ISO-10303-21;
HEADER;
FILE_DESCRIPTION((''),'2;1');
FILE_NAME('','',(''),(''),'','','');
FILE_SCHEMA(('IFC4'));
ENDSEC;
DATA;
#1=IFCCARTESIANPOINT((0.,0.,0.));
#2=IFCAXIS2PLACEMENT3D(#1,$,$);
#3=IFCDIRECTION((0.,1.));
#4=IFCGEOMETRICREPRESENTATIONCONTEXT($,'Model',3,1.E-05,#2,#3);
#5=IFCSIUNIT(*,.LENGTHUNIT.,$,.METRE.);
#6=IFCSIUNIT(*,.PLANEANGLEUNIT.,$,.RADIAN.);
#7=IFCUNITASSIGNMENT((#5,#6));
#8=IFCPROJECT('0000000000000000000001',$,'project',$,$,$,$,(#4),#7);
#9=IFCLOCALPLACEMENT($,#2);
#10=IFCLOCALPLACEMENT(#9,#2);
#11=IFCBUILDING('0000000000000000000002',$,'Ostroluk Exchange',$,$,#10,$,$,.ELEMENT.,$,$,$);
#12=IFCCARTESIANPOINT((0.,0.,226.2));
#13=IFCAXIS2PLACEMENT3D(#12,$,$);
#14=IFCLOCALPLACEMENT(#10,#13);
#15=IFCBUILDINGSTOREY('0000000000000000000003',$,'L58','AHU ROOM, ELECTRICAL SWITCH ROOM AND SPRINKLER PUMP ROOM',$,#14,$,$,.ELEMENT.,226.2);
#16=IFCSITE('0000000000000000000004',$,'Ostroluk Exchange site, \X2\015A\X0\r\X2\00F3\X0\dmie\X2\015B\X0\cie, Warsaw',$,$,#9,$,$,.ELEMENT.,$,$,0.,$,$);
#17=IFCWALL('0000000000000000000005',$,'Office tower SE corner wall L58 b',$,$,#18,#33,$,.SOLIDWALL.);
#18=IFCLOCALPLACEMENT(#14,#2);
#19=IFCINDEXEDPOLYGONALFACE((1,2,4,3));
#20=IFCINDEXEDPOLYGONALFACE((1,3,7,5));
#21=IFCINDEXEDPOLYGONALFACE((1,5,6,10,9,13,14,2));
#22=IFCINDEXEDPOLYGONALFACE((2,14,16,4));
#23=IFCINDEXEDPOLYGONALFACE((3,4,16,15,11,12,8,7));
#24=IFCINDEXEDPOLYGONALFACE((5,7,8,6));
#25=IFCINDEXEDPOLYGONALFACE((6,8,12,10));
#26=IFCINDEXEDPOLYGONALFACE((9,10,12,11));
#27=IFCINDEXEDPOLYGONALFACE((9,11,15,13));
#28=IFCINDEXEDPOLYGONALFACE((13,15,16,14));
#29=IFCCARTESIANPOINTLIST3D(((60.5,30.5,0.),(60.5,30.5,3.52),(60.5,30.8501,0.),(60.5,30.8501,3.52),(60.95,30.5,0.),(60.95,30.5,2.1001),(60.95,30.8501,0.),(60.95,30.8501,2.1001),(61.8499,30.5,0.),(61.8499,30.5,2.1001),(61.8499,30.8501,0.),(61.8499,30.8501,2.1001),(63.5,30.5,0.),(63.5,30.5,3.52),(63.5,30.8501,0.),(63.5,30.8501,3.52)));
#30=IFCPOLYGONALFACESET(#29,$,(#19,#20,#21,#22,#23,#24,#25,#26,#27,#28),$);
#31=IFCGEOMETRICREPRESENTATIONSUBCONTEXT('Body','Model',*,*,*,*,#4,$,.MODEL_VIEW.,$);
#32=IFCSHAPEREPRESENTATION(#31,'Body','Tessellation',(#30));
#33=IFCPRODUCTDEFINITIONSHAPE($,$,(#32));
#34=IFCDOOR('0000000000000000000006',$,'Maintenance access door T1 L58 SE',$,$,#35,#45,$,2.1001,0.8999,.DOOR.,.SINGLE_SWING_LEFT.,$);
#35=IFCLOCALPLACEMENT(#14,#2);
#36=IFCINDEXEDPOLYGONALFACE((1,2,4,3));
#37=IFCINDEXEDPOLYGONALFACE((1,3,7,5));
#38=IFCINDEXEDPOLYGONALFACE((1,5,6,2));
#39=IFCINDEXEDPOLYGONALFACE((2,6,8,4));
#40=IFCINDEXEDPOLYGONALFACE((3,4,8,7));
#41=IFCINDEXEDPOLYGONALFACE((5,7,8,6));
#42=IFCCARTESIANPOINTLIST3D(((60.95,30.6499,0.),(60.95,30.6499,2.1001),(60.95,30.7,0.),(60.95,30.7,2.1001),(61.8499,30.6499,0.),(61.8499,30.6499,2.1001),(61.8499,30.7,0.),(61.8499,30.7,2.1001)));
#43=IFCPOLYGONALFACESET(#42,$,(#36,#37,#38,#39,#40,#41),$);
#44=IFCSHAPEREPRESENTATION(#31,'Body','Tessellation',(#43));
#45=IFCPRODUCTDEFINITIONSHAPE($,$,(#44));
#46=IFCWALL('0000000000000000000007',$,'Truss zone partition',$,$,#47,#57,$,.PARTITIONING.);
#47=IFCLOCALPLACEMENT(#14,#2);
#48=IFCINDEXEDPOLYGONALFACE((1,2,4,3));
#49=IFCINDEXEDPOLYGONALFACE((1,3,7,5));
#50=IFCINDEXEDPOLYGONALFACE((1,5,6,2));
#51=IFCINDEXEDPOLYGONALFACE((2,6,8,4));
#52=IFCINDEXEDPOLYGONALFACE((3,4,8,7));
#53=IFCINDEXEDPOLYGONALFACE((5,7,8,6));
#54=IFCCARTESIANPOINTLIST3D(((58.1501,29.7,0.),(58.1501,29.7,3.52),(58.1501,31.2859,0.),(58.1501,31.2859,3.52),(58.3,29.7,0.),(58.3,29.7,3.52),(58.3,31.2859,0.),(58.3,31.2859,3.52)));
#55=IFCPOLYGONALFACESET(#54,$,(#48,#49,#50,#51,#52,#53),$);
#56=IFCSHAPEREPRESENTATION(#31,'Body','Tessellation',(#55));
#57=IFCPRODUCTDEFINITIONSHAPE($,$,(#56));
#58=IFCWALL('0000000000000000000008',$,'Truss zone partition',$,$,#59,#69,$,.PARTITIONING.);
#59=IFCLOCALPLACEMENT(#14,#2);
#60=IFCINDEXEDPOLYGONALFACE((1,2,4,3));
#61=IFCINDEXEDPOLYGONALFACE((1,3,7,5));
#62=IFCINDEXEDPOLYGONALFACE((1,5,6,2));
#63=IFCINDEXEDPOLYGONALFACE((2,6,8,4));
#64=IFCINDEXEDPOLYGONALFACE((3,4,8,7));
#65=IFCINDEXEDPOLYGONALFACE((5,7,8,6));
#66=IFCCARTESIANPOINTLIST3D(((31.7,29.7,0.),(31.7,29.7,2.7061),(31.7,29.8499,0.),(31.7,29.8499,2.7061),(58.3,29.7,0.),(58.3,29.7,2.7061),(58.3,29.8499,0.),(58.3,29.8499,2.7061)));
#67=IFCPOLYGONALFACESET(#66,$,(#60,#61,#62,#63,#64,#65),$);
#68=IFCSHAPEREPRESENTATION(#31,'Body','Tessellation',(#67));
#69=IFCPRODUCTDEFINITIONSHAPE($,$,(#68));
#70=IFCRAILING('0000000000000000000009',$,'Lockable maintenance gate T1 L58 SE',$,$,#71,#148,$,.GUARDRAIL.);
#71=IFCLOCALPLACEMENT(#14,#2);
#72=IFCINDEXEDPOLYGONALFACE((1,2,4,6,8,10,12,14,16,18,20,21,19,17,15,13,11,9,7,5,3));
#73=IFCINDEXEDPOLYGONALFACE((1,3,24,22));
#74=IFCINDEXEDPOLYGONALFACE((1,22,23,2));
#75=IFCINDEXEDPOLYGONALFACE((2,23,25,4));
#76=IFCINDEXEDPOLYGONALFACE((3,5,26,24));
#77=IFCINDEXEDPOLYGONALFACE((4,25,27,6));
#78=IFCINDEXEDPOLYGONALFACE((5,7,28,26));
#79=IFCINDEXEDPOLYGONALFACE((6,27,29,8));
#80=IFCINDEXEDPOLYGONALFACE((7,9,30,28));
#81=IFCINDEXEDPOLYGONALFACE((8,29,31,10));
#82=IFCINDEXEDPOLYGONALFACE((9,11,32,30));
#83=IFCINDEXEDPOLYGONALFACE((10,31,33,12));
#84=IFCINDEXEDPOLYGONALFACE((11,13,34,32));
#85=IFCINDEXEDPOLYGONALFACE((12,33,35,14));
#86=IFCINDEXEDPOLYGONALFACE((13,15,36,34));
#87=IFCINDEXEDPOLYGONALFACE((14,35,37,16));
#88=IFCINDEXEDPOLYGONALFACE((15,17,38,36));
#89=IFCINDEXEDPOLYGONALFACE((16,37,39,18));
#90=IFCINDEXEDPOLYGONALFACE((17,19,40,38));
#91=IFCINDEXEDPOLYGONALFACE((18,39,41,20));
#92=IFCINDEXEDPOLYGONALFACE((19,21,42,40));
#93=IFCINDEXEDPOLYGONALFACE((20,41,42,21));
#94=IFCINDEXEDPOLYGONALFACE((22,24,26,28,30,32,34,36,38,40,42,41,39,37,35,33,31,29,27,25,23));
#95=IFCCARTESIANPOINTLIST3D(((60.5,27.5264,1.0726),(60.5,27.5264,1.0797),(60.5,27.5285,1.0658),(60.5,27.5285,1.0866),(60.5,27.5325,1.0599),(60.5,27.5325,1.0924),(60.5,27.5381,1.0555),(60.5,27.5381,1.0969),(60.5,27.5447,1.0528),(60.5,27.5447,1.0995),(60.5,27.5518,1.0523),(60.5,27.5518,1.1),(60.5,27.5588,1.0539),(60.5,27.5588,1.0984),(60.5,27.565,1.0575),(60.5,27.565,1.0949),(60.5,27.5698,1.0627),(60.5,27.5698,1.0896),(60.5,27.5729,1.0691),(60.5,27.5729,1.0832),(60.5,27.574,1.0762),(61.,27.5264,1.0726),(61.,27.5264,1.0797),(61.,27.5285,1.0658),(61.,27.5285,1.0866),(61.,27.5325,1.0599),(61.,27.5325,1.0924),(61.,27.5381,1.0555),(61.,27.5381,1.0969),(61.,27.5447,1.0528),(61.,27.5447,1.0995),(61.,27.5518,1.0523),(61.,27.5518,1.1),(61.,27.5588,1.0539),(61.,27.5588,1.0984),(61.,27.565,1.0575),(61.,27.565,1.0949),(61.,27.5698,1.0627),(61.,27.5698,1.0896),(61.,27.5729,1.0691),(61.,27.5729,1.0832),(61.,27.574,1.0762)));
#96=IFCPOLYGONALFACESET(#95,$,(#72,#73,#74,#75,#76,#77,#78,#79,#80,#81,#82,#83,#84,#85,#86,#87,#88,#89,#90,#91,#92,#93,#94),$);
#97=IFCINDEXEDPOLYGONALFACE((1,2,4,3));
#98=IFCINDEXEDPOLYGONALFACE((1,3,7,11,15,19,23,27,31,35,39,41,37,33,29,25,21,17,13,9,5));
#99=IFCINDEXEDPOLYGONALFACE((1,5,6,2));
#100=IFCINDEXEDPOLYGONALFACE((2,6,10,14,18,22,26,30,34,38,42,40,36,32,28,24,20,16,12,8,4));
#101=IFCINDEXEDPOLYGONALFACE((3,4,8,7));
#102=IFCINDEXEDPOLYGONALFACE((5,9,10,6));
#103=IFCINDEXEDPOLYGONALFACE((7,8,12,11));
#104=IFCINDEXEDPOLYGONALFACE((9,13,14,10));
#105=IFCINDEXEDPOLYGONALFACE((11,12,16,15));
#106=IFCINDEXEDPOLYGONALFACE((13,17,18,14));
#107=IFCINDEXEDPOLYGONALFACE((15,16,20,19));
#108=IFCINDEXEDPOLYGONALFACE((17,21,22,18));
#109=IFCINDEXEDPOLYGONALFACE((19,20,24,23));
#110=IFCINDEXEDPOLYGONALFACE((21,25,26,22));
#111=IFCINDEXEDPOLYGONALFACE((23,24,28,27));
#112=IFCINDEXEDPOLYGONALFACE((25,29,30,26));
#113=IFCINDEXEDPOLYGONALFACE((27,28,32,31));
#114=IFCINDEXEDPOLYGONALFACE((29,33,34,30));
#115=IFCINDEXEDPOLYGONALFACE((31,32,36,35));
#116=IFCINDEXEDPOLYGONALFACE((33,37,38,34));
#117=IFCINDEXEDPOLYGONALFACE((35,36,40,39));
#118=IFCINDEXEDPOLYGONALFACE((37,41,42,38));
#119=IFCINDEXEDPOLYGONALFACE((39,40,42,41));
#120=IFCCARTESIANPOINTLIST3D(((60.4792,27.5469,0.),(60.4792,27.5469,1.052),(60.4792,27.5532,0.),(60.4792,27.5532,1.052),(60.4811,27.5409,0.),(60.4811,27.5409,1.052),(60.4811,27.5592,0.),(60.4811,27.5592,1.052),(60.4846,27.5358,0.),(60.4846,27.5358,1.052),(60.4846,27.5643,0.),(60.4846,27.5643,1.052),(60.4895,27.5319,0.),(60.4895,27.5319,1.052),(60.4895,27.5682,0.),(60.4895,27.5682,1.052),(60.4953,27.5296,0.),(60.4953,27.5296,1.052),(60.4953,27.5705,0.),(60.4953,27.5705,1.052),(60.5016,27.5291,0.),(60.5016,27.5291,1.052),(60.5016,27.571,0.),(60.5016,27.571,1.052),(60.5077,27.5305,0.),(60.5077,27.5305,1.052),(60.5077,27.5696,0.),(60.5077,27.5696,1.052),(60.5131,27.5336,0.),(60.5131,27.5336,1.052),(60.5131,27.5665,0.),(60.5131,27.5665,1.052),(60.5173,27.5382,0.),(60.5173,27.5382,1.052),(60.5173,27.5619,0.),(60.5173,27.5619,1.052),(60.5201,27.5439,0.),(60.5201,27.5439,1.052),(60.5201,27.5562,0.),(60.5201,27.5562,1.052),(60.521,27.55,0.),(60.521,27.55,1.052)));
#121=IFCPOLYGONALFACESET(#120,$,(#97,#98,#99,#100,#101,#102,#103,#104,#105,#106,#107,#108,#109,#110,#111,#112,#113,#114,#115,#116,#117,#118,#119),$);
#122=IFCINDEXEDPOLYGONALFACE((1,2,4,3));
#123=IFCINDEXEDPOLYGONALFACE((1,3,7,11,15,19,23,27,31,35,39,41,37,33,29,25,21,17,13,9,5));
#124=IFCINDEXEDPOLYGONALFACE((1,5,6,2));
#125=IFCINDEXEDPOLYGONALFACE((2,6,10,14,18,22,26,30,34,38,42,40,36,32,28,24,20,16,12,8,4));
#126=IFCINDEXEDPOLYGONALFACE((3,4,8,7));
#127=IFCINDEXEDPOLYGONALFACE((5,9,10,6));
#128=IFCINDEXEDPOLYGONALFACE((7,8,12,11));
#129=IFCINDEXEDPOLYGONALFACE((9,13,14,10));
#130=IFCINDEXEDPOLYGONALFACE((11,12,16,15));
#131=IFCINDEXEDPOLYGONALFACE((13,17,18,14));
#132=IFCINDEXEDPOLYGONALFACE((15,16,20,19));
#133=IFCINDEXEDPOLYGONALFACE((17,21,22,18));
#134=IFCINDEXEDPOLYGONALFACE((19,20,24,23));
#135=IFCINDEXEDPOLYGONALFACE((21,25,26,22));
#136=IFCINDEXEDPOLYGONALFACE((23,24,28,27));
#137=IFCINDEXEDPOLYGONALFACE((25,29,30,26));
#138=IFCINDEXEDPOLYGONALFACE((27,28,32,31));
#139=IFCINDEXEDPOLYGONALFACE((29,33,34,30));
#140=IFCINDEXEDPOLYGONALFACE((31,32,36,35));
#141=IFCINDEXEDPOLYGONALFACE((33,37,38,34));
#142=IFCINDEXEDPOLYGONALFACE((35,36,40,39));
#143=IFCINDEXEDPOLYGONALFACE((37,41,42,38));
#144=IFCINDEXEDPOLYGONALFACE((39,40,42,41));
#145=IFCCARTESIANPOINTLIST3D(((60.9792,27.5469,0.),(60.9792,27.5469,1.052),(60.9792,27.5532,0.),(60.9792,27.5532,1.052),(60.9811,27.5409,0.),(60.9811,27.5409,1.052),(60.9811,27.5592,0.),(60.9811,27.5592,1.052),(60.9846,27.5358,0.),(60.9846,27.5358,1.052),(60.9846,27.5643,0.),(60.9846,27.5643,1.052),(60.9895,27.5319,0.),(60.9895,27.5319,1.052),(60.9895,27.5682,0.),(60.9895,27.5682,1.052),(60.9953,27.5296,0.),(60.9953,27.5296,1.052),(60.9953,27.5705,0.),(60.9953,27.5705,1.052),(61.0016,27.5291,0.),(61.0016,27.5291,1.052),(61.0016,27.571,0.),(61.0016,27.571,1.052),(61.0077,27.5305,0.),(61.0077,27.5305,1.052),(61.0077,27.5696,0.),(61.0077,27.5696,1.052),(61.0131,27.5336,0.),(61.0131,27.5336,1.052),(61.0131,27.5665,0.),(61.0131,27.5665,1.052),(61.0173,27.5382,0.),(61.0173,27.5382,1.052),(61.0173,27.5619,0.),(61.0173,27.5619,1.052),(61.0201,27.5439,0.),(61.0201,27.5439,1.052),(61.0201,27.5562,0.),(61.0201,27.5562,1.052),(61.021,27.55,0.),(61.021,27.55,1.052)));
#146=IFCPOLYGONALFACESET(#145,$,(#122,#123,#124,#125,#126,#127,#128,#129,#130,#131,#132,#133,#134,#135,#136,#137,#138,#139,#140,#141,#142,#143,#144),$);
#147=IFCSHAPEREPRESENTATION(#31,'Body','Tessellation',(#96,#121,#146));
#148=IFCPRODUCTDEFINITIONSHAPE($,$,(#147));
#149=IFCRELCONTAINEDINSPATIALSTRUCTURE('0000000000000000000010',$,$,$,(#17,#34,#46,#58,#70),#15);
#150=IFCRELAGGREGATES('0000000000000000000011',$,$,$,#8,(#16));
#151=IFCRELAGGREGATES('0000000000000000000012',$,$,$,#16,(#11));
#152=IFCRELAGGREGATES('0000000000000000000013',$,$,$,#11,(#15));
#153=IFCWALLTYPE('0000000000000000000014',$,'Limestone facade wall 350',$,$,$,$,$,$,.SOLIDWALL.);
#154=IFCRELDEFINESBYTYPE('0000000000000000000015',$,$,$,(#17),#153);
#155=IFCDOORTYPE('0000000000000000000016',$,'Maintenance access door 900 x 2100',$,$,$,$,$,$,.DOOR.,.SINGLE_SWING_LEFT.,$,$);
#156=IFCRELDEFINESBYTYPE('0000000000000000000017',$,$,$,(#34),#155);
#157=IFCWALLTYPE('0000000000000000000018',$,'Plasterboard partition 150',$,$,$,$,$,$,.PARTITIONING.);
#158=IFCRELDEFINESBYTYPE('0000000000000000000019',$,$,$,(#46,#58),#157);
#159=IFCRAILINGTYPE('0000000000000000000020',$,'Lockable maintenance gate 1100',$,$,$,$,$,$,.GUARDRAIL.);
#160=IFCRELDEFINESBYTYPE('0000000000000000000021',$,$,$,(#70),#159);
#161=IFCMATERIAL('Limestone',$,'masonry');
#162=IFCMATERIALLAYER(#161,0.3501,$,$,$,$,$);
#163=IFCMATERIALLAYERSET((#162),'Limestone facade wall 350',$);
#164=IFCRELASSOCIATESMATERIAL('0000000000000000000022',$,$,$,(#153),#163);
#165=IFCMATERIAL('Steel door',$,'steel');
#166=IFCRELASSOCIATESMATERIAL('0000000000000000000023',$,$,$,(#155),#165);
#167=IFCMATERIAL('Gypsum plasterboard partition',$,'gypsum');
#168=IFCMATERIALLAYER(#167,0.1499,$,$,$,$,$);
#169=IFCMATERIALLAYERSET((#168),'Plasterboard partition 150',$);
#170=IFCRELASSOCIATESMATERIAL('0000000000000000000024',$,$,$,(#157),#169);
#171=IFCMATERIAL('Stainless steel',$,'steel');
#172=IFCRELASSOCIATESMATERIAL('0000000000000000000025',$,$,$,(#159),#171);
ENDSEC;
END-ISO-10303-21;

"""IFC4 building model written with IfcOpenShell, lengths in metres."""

from ifc_helpers import new_model, si_unit, direction, frame, frame_2d, origin, origin_2d, place, context, subcontext, project, spatial, rectangle, circle, extrude, material, layer, layer_set, type_object, element, fill, save


model = new_model("IFC4")

# Units and contexts
model_context = context("Model", 3, precision=1e-05, world=origin(), true_north=direction((0.0, 1.0)))
body_context = subcontext(model_context, "Body", "Model", "MODEL_VIEW")
ifc_project = project(units=[si_unit("LENGTHUNIT", "METRE"), si_unit("PLANEANGLEUNIT", "RADIAN")], contexts=[model_context])

# Site, building, storey
site_placement = place(None, origin())
site = spatial("IfcSite", under=ifc_project, at=site_placement, Name="Ostroluk Exchange site, Śródmieście, Warsaw", CompositionType="ELEMENT", RefElevation=0.0)
building_placement = place(site_placement, origin())
building = spatial("IfcBuilding", under=site, at=building_placement, Name="Ostroluk Exchange", CompositionType="ELEMENT")
storey_placement = place(building_placement, frame((0.0, 0.0, 226.2)))
storey = spatial("IfcBuildingStorey", under=building, at=storey_placement, Name="L58", Description="AHU ROOM, ELECTRICAL SWITCH ROOM AND SPRINKLER PUMP ROOM", CompositionType="ELEMENT", Elevation=226.2)

# Shared definitions
ifc_material_1 = material(Name="Limestone", Category="masonry")
ifc_layer_1 = layer(ifc_material_1, 0.3501)
ifc_layer_set_1 = layer_set([ifc_layer_1], Name="Limestone facade wall 350")
wall_type_1 = type_object("IfcWallType", Name="Limestone facade wall 350", PredefinedType="SOLIDWALL", material=ifc_layer_set_1)

# Wall, opening, door
wall_1_placement = place(storey_placement, frame((60.5, 30.675, 0.0), z_axis=(0.0, 0.0, 1.0), x_axis=(1.0, 0.0, 0.0)))
wall_1 = element("IfcWall", 1, at=wall_1_placement, inside=storey, type_object=wall_type_1, Name="Office tower SE corner wall L58 b", PredefinedType="SOLIDWALL", context=body_context, shape_type="SweptSolid", body=[
    extrude(rectangle(XDim=3.0, YDim=0.3501, at=frame_2d((1.5, 0.0))), origin(), (0.0, 0.0, 1.0), 3.52),
])
opening_1_placement = place(wall_1_placement, frame((0.45, 0.0, 0.0)))
opening_1 = element("IfcOpeningElement", 2, at=opening_1_placement, cuts=wall_1, PredefinedType="OPENING", context=body_context, shape_type="SweptSolid", body=[
    extrude(rectangle(XDim=0.8999, YDim=2.1001, at=frame_2d((0.45, 1.05))), frame((0.0, 0.1851, 0.0), z_axis=(0.0, -1.0, 0.0), x_axis=(1.0, 0.0, 0.0)), (0.0, 0.0, 1.0), 0.3701),
])
ifc_material_2 = material(Name="Steel door", Category="steel")
door_type = type_object("IfcDoorType", Name="Maintenance access door 900 x 2100", OperationType="SINGLE_SWING_LEFT", PredefinedType="DOOR", material=ifc_material_2)
door_placement = place(opening_1_placement, origin())
door = element("IfcDoor", 3, at=door_placement, inside=storey, type_object=door_type, Name="Maintenance access door T1 L58 SE", OperationType="SINGLE_SWING_LEFT", OverallHeight=2.1001, OverallWidth=0.8999, PredefinedType="DOOR", context=body_context, shape_type="SweptSolid", body=[
    extrude(rectangle(XDim=0.8999, YDim=2.1001, at=frame_2d((0.45, 1.05))), frame((0.0, 0.0249, 0.0), z_axis=(0.0, -1.0, 0.0), x_axis=(1.0, 0.0, 0.0)), (0.0, 0.0, 1.0), 0.05),
])
fill(opening_1, door)

# Walls
ifc_material_3 = material(Name="Gypsum plasterboard partition", Category="gypsum")
ifc_layer_2 = layer(ifc_material_3, 0.1499)
ifc_layer_set_2 = layer_set([ifc_layer_2], Name="Plasterboard partition 150")
wall_type_2 = type_object("IfcWallType", Name="Plasterboard partition 150", PredefinedType="PARTITIONING", material=ifc_layer_set_2)
wall_2_placement = place(storey_placement, frame((58.2251, 31.2859, 0.0), z_axis=(0.0, 0.0, 1.0), x_axis=(0.0, -1.0, 0.0)))
element("IfcWall", 4, at=wall_2_placement, inside=storey, type_object=wall_type_2, Name="Truss zone partition", PredefinedType="PARTITIONING", context=body_context, shape_type="SweptSolid", body=[
    extrude(rectangle(XDim=1.5859, YDim=0.1499, at=frame_2d((0.793, 0.0))), origin(), (0.0, 0.0, 1.0), 3.52),
])
wall_3_placement = place(storey_placement, frame((58.3, 29.7749, 0.0), z_axis=(0.0, 0.0, 1.0), x_axis=(-1.0, 0.0, 0.0)))
element("IfcWall", 5, at=wall_3_placement, inside=storey, type_object=wall_type_2, Name="Truss zone partition", PredefinedType="PARTITIONING", context=body_context, shape_type="SweptSolid", body=[
    extrude(rectangle(XDim=26.6001, YDim=0.1499, at=frame_2d((13.3, 0.0))), origin(), (0.0, 0.0, 1.0), 2.7061),
])

# Railing
ifc_material_4 = material(Name="Stainless steel", Category="steel")
railing_type_1 = type_object("IfcRailingType", Name="Lockable maintenance gate 1100", PredefinedType="GUARDRAIL", material=ifc_material_4)
railing_1_placement = place(storey_placement, frame((60.5, 27.55, 0.0)))
element("IfcRailing", 6, at=railing_1_placement, inside=storey, type_object=railing_type_1, Name="Lockable maintenance gate T1 L58 SE", PredefinedType="GUARDRAIL", context=body_context, shape_type="SweptSolid", body=[
    extrude(circle(Radius=0.0239, at=origin_2d()), frame((0.0, 0.0, 1.0762), z_axis=(1.0, 0.0, 0.0), x_axis=(0.0, 1.0, 0.0)), (0.0, 0.0, 1.0), 0.5),
    extrude(circle(Radius=0.021, at=origin_2d()), origin(), (0.0, 0.0, 1.0), 1.052),
    extrude(circle(Radius=0.021, at=origin_2d()), frame((0.5, 0.0, 0.0)), (0.0, 0.0, 1.0), 1.052),
])

save(model, "model.ifc")
